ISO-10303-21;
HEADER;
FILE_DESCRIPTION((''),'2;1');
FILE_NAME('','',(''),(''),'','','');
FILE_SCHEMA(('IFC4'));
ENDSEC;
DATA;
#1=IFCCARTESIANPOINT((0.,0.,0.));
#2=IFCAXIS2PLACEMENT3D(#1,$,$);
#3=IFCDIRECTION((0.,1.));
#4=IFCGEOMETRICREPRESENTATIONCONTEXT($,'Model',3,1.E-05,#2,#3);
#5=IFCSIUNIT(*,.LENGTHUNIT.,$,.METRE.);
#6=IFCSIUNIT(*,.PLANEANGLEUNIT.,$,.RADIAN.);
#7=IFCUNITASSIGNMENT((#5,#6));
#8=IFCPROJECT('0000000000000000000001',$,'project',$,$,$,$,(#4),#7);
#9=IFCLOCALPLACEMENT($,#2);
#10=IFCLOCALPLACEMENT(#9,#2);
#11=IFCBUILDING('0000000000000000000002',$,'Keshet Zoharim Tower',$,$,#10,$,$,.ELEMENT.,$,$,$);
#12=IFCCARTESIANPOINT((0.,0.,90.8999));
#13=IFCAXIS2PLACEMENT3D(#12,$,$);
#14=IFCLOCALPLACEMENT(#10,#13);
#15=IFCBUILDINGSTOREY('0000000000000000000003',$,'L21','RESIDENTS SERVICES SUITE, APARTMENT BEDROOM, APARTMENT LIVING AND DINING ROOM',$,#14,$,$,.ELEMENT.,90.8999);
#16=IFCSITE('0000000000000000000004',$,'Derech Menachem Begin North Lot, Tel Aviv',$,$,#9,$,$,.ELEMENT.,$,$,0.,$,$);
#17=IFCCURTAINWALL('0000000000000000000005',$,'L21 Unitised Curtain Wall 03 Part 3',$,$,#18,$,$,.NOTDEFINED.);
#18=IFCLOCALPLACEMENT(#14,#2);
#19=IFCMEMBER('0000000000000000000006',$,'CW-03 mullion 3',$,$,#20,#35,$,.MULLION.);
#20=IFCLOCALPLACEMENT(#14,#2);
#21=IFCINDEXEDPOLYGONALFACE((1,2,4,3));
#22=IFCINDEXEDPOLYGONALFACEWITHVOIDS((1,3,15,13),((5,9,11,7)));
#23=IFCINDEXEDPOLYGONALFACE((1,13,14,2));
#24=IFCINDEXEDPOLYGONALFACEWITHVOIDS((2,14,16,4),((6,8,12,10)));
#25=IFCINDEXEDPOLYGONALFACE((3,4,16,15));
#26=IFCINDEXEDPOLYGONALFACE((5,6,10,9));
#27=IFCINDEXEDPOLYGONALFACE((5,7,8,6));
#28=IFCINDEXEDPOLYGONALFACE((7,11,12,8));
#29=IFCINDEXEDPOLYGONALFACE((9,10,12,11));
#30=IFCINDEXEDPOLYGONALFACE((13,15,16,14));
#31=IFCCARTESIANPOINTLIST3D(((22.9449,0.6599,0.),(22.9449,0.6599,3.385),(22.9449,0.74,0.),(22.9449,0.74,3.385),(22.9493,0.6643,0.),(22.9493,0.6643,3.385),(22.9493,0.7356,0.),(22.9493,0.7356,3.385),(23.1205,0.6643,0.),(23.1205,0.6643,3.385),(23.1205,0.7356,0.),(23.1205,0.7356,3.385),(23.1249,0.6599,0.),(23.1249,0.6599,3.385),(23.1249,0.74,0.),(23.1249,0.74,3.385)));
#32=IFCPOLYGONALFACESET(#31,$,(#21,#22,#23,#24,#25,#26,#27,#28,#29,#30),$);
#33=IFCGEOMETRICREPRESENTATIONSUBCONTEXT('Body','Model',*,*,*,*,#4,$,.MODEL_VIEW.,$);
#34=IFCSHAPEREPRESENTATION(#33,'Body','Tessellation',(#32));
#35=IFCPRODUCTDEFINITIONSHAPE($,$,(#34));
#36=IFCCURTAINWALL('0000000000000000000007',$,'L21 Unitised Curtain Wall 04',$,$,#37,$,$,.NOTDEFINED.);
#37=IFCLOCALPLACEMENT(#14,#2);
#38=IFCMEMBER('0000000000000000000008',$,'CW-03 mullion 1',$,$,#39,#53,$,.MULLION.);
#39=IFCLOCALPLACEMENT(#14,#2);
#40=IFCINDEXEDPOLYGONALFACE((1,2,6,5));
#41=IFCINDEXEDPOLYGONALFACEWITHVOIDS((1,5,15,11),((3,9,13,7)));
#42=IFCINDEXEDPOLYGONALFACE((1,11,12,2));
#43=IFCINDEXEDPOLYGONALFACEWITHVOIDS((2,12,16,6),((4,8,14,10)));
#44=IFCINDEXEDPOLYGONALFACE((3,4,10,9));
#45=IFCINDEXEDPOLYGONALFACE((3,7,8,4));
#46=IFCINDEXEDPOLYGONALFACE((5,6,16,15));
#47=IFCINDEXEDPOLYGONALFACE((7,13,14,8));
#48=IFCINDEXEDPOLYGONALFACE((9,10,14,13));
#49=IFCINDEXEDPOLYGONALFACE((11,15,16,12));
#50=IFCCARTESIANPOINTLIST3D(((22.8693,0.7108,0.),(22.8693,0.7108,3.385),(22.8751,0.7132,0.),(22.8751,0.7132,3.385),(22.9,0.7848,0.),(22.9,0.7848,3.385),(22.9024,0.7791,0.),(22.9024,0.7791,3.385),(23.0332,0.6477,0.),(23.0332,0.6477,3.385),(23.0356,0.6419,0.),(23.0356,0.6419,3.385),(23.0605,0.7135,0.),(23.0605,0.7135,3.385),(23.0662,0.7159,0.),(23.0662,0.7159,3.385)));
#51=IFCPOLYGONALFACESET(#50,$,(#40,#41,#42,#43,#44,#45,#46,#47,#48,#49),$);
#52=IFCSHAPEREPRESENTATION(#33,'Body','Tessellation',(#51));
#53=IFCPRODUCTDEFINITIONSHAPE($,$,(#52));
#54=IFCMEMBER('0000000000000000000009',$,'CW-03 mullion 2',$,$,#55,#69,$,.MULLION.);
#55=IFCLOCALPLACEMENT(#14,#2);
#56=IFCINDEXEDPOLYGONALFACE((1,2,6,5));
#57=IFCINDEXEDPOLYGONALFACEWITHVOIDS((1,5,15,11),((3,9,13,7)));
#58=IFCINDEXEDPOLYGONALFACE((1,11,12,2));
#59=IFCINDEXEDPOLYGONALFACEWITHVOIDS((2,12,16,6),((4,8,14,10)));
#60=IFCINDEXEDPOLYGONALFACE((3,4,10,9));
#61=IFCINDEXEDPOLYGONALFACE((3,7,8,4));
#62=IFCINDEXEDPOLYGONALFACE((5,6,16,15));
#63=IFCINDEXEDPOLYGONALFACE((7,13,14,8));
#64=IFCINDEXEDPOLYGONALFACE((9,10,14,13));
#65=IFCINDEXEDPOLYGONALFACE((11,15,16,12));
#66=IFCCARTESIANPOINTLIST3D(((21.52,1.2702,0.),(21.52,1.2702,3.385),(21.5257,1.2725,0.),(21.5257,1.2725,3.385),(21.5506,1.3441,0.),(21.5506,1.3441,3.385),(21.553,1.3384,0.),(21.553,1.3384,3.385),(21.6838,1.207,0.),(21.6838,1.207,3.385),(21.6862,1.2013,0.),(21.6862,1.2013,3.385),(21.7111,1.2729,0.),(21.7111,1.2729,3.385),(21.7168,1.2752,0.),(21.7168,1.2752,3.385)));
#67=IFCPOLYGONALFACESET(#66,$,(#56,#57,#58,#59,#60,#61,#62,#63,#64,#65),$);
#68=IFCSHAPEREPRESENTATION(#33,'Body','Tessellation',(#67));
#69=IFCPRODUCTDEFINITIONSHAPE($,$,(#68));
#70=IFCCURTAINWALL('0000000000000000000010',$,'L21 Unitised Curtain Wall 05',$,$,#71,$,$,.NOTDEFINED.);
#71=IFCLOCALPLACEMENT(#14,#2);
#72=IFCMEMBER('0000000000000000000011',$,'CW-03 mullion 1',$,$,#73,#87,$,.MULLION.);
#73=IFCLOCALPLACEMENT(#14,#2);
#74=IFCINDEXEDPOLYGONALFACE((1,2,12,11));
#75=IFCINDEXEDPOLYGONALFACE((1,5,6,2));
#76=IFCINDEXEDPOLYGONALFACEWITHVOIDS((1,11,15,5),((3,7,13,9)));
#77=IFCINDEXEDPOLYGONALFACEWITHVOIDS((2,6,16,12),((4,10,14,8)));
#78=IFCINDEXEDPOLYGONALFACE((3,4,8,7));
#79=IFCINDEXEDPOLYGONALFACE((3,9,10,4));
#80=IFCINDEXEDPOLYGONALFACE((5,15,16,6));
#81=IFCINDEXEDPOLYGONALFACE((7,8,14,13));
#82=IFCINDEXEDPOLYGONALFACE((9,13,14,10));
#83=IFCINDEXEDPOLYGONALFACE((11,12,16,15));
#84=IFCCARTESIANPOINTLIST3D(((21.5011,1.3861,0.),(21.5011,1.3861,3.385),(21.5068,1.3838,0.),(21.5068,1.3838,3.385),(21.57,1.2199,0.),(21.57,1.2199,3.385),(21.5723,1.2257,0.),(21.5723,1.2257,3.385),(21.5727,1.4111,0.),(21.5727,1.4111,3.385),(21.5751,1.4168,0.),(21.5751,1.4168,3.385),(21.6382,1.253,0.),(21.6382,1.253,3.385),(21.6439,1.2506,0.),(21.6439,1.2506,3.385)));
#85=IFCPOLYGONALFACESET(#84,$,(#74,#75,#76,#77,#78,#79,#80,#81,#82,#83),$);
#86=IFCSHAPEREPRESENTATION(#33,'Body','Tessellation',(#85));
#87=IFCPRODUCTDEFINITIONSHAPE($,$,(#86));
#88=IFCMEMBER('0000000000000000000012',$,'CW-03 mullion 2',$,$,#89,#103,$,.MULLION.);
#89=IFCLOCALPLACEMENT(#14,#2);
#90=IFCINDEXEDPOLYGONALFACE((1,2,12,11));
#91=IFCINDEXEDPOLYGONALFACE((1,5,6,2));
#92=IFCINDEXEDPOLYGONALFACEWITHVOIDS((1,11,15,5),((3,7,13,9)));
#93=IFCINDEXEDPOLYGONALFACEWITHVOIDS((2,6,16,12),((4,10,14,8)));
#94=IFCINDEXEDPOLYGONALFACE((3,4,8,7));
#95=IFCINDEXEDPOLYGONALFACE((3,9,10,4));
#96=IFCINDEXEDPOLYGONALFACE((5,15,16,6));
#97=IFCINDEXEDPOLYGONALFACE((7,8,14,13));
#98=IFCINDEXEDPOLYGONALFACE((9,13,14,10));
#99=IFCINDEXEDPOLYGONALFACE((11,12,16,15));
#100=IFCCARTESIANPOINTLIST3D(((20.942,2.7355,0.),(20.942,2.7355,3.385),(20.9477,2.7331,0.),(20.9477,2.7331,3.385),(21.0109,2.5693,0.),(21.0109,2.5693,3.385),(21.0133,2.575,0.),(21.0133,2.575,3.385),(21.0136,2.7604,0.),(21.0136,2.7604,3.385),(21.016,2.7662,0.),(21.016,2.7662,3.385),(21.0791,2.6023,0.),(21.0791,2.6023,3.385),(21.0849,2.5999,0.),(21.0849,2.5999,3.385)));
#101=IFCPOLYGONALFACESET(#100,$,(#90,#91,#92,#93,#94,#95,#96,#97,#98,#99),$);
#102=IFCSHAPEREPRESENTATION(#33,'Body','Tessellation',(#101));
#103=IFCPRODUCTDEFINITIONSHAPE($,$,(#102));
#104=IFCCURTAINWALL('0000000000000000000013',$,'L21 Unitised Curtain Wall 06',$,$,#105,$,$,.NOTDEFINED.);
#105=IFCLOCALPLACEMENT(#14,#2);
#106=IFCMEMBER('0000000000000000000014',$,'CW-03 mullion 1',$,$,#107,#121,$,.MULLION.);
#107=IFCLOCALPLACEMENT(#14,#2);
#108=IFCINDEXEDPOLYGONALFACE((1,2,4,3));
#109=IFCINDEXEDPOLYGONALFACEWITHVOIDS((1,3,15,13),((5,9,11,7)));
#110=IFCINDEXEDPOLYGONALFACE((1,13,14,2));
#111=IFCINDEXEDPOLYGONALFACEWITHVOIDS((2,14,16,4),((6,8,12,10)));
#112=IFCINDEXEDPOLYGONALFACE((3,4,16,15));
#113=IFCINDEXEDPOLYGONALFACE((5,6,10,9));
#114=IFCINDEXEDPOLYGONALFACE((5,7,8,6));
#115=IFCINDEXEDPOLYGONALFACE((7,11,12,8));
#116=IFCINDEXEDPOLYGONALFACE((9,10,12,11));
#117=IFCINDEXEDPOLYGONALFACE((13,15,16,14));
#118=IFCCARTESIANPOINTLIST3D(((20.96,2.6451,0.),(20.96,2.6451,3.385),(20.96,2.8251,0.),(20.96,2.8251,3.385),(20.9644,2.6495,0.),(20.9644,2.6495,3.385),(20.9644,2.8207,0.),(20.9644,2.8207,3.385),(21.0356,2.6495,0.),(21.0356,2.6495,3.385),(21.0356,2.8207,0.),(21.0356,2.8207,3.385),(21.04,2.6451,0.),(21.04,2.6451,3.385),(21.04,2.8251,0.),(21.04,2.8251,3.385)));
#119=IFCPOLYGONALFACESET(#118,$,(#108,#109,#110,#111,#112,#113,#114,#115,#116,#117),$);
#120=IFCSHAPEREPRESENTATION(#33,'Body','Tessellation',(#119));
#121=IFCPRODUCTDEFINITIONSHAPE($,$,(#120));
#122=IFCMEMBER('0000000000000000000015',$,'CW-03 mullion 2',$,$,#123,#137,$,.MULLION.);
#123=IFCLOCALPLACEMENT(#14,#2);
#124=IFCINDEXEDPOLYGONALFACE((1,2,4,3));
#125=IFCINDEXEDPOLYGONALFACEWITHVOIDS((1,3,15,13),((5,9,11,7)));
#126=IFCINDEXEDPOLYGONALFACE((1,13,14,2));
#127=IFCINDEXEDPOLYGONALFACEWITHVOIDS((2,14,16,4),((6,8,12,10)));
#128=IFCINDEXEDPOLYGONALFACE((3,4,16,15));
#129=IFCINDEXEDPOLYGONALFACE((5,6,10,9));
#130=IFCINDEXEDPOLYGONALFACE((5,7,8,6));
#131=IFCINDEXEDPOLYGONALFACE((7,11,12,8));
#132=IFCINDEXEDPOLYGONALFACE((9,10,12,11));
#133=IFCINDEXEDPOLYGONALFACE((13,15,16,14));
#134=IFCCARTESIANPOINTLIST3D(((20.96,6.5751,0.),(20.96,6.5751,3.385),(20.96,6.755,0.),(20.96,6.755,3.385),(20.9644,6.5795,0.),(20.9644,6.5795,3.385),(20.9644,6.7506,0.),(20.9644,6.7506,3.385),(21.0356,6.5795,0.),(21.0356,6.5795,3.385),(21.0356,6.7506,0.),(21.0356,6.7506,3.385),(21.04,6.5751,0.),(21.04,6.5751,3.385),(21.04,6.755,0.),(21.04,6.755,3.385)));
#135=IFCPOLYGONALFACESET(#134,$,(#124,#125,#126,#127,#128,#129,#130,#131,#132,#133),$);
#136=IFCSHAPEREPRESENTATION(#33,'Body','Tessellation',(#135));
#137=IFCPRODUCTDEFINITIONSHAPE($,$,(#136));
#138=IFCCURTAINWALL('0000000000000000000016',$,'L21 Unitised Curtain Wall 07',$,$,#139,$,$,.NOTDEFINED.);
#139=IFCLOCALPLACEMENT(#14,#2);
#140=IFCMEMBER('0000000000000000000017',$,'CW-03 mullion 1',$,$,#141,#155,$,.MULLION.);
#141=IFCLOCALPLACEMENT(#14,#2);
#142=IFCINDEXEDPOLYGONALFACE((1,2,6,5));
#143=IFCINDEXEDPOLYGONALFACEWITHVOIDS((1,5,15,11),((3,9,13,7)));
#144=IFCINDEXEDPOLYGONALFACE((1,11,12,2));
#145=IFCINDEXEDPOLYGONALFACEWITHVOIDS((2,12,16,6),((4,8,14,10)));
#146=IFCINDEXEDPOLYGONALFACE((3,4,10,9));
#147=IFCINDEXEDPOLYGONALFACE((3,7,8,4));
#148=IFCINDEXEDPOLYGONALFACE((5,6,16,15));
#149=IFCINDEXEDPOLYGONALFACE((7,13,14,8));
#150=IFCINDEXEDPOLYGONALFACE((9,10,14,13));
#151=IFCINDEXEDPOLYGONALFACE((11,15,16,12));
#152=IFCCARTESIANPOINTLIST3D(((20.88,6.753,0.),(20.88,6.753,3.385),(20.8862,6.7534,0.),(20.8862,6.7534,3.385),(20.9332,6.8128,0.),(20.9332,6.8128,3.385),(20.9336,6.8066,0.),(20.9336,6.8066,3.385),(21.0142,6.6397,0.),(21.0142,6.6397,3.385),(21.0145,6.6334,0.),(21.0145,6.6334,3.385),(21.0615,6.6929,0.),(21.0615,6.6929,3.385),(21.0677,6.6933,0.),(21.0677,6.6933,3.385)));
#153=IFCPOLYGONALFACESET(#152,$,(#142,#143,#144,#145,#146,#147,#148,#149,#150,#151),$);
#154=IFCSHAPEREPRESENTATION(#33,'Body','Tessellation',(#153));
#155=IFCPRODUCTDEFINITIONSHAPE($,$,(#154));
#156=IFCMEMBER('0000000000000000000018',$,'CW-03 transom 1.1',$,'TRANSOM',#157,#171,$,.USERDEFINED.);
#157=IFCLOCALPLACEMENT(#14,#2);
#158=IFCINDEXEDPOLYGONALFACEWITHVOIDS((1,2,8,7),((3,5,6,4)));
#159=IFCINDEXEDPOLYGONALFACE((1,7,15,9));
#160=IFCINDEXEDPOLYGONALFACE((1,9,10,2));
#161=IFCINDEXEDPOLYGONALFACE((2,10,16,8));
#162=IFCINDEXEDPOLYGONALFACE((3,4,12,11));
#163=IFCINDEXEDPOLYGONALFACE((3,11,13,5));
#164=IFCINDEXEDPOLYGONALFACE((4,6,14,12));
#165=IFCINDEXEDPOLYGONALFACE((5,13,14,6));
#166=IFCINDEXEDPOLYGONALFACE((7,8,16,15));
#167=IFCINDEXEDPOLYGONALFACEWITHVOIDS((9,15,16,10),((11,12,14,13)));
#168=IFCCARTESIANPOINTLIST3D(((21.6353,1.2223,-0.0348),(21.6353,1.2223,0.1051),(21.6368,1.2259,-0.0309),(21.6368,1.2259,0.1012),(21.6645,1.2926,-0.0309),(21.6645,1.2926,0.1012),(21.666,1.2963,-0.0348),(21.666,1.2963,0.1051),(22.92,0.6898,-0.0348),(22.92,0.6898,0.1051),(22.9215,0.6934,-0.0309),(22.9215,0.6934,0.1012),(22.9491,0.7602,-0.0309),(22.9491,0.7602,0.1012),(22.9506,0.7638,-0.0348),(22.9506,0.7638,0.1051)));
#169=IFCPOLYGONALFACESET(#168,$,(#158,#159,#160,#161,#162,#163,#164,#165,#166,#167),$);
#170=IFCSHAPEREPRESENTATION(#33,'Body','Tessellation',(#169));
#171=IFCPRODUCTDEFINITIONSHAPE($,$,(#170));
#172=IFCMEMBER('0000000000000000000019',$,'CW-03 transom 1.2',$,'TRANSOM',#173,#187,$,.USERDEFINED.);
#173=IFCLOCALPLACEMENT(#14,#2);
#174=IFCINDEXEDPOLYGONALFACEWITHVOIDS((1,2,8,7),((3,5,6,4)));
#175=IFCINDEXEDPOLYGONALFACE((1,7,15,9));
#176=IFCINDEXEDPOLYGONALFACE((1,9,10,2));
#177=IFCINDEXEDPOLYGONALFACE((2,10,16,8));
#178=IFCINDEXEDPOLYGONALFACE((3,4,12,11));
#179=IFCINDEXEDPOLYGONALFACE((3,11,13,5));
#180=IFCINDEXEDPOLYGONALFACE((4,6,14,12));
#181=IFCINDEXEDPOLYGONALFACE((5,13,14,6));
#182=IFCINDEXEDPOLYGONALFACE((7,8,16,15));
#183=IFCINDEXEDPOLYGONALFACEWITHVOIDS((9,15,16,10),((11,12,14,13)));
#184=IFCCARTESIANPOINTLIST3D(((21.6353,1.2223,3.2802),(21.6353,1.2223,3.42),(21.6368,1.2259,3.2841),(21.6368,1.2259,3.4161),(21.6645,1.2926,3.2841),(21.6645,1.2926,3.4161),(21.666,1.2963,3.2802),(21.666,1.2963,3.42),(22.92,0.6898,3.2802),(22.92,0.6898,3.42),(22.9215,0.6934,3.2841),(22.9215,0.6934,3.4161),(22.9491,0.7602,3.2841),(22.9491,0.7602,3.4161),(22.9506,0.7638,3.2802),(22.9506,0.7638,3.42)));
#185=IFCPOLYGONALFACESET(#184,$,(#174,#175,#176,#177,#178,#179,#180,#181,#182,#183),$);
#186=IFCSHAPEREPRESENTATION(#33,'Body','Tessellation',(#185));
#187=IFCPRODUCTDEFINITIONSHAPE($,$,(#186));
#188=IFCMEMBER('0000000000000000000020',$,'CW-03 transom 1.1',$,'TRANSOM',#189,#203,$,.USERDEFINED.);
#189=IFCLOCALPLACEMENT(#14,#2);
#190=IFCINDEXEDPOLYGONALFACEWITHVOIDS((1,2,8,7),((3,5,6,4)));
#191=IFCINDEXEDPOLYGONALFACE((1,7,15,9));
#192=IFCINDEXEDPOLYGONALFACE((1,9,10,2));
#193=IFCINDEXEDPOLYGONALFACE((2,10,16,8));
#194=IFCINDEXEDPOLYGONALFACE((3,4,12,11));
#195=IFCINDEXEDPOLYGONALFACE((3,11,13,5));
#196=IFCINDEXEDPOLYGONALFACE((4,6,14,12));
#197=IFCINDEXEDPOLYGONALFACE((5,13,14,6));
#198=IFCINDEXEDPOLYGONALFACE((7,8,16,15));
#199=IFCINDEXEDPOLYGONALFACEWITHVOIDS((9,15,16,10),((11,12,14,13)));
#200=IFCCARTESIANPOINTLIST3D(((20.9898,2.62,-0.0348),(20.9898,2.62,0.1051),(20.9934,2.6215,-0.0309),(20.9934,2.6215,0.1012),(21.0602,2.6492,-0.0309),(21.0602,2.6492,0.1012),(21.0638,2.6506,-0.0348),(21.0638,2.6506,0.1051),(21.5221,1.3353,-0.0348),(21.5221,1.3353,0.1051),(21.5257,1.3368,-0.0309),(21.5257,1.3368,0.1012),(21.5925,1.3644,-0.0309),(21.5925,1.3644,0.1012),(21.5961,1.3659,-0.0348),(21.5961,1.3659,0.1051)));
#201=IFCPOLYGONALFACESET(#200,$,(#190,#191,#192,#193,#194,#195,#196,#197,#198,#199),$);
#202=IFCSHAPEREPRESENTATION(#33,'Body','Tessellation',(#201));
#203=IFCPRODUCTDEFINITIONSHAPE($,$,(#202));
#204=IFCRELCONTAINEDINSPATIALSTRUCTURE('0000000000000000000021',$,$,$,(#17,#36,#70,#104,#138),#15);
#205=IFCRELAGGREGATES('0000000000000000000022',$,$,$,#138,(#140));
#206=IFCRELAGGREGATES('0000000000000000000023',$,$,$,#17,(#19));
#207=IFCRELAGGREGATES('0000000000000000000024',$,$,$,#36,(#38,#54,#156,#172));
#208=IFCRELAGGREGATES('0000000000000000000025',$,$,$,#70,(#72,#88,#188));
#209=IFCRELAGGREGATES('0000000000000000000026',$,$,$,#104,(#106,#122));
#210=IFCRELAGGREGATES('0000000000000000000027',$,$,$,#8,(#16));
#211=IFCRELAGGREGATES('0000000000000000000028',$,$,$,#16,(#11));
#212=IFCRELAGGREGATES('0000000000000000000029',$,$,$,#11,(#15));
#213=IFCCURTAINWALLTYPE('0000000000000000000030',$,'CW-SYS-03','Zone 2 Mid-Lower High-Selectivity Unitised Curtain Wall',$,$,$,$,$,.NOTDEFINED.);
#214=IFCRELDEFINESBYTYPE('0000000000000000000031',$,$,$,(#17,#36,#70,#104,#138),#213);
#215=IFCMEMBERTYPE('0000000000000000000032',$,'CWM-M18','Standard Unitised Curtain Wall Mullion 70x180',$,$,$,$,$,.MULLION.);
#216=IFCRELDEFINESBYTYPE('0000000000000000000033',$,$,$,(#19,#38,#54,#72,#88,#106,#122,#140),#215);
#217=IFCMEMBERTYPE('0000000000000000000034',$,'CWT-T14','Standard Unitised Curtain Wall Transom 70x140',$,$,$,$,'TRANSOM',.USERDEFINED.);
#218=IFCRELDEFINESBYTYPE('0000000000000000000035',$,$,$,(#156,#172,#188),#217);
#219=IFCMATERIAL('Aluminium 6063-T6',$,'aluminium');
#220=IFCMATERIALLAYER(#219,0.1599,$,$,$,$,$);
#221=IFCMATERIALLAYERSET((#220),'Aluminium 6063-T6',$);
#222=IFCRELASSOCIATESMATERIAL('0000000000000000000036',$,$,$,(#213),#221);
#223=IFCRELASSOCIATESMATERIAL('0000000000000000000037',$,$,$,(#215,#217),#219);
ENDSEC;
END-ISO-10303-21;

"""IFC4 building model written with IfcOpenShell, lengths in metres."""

from ifc_helpers import new_model, si_unit, direction, frame, origin, origin_2d, place, context, subcontext, project, spatial, hollow_rectangle, extrude, material, layer, layer_set, material_profile, profile_set, type_object, element, aggregate, save


model = new_model("IFC4")

# Units and contexts
model_context = context("Model", 3, precision=1e-05, world=origin(), true_north=direction((0.0, 1.0)))
body_context = subcontext(model_context, "Body", "Model", "MODEL_VIEW")
ifc_project = project(units=[si_unit("LENGTHUNIT", "METRE"), si_unit("PLANEANGLEUNIT", "RADIAN")], contexts=[model_context])

# Site, building, storey
site_placement = place(None, origin())
site = spatial("IfcSite", under=ifc_project, at=site_placement, Name="Derech Menachem Begin North Lot, Tel Aviv", CompositionType="ELEMENT", RefElevation=0.0)
building_placement = place(site_placement, origin())
building = spatial("IfcBuilding", under=site, at=building_placement, Name="Keshet Zoharim Tower", CompositionType="ELEMENT")
storey_placement = place(building_placement, frame((0.0, 0.0, 90.8999)))
storey = spatial("IfcBuildingStorey", under=building, at=storey_placement, Name="L21", Description="RESIDENTS SERVICES SUITE, APARTMENT BEDROOM, APARTMENT LIVING AND DINING ROOM", CompositionType="ELEMENT", Elevation=90.8999)

# Curtain wall, member
ifc_material_1 = material(Name="Aluminium 6063-T6", Category="aluminium")
ifc_layer_1 = layer(ifc_material_1, 0.1599)
ifc_layer_set_1 = layer_set([ifc_layer_1], Name="Aluminium 6063-T6")
curtain_wall_type = type_object("IfcCurtainWallType", Name="CW-SYS-03", Description="Zone 2 Mid-Lower High-Selectivity Unitised Curtain Wall", PredefinedType="NOTDEFINED", material=ifc_layer_set_1)
curtain_wall_1_placement = place(storey_placement, origin())
curtain_wall_1 = element("IfcCurtainWall", 1, at=curtain_wall_1_placement, inside=storey, type_object=curtain_wall_type, Name="L21 Unitised Curtain Wall 03 Part 3", PredefinedType="NOTDEFINED")
ifc_material_profile_1 = material_profile(ifc_material_1, hollow_rectangle(XDim=0.0801, YDim=0.1799, WallThickness=0.0044, at=origin_2d()), Name="MUL-80x180")
ifc_profile_set_1 = profile_set([ifc_material_profile_1], Name="Aluminium 6063-T6")
member_type_1 = type_object("IfcMemberType", Name="CWM-M18", Description="Standard Unitised Curtain Wall Mullion 70x180", PredefinedType="MULLION", material=ifc_profile_set_1)
member_1_placement = place(storey_placement, frame((23.0349, 0.7, 0.0), z_axis=(0.0, 0.0, 1.0), x_axis=(0.0, -1.0, 0.0)))
member_1 = element("IfcMember", 2, at=member_1_placement, type_object=member_type_1, Name="CW-03 mullion 3", PredefinedType="MULLION", context=body_context, shape_type="SweptSolid", body=[
    extrude(hollow_rectangle(XDim=0.0801, YDim=0.1799, WallThickness=0.0044, at=origin_2d()), origin(), (0.0, 0.0, 1.0), 3.385),
])

# Curtain walls, members
curtain_wall_2_placement = place(storey_placement, origin())
curtain_wall_2 = element("IfcCurtainWall", 3, at=curtain_wall_2_placement, inside=storey, type_object=curtain_wall_type, Name="L21 Unitised Curtain Wall 04", PredefinedType="NOTDEFINED")
member_2_placement = place(storey_placement, frame((22.9678, 0.7134, 0.0), z_axis=(0.0, 0.0, 1.0), x_axis=(-0.382852, -0.92381, 0.0)))
member_2 = element("IfcMember", 4, at=member_2_placement, type_object=member_type_1, Name="CW-03 mullion 1", PredefinedType="MULLION", context=body_context, shape_type="SweptSolid", body=[
    extrude(hollow_rectangle(XDim=0.0801, YDim=0.1799, WallThickness=0.0044, at=origin_2d()), origin(), (0.0, 0.0, 1.0), 3.385),
])
member_3_placement = place(storey_placement, frame((21.6184, 1.2727, 0.0), z_axis=(0.0, 0.0, 1.0), x_axis=(-0.382852, -0.92381, 0.0)))
member_3 = element("IfcMember", 5, at=member_3_placement, type_object=member_type_1, Name="CW-03 mullion 2", PredefinedType="MULLION", context=body_context, shape_type="SweptSolid", body=[
    extrude(hollow_rectangle(XDim=0.0801, YDim=0.1799, WallThickness=0.0044, at=origin_2d()), origin(), (0.0, 0.0, 1.0), 3.385),
])
curtain_wall_3_placement = place(storey_placement, origin())
curtain_wall_3 = element("IfcCurtainWall", 6, at=curtain_wall_3_placement, inside=storey, type_object=curtain_wall_type, Name="L21 Unitised Curtain Wall 05", PredefinedType="NOTDEFINED")
member_4_placement = place(storey_placement, frame((21.5725, 1.3184, 0.0), z_axis=(0.0, 0.0, 1.0), x_axis=(-0.92381, -0.382852, 0.0)))
member_4 = element("IfcMember", 7, at=member_4_placement, type_object=member_type_1, Name="CW-03 mullion 1", PredefinedType="MULLION", context=body_context, shape_type="SweptSolid", body=[
    extrude(hollow_rectangle(XDim=0.0801, YDim=0.1799, WallThickness=0.0044, at=origin_2d()), origin(), (0.0, 0.0, 1.0), 3.385),
])
member_5_placement = place(storey_placement, frame((21.0134, 2.6677, 0.0), z_axis=(0.0, 0.0, 1.0), x_axis=(-0.92381, -0.382852, 0.0)))
member_5 = element("IfcMember", 8, at=member_5_placement, type_object=member_type_1, Name="CW-03 mullion 2", PredefinedType="MULLION", context=body_context, shape_type="SweptSolid", body=[
    extrude(hollow_rectangle(XDim=0.0801, YDim=0.1799, WallThickness=0.0044, at=origin_2d()), origin(), (0.0, 0.0, 1.0), 3.385),
])
curtain_wall_4_placement = place(storey_placement, origin())
curtain_wall_4 = element("IfcCurtainWall", 9, at=curtain_wall_4_placement, inside=storey, type_object=curtain_wall_type, Name="L21 Unitised Curtain Wall 06", PredefinedType="NOTDEFINED")
member_6_placement = place(storey_placement, frame((21.0, 2.7351, 0.0), z_axis=(0.0, 0.0, 1.0), x_axis=(-1.0, 0.0, 0.0)))
member_6 = element("IfcMember", 10, at=member_6_placement, type_object=member_type_1, Name="CW-03 mullion 1", PredefinedType="MULLION", context=body_context, shape_type="SweptSolid", body=[
    extrude(hollow_rectangle(XDim=0.0801, YDim=0.1799, WallThickness=0.0044, at=origin_2d()), origin(), (0.0, 0.0, 1.0), 3.385),
])
member_7_placement = place(storey_placement, frame((21.0, 6.665, 0.0), z_axis=(0.0, 0.0, 1.0), x_axis=(-1.0, 0.0, 0.0)))
member_7 = element("IfcMember", 11, at=member_7_placement, type_object=member_type_1, Name="CW-03 mullion 2", PredefinedType="MULLION", context=body_context, shape_type="SweptSolid", body=[
    extrude(hollow_rectangle(XDim=0.0801, YDim=0.1799, WallThickness=0.0044, at=origin_2d()), origin(), (0.0, 0.0, 1.0), 3.385),
])

# Curtain wall, member
curtain_wall_5_placement = place(storey_placement, origin())
curtain_wall_5 = element("IfcCurtainWall", 12, at=curtain_wall_5_placement, inside=storey, type_object=curtain_wall_type, Name="L21 Unitised Curtain Wall 07", PredefinedType="NOTDEFINED")
member_8_placement = place(storey_placement, frame((20.9739, 6.7231, 0.0), z_axis=(0.0, 0.0, 1.0), x_axis=(-0.66436, -0.747412, 0.0)))
member_8 = element("IfcMember", 13, at=member_8_placement, type_object=member_type_1, Name="CW-03 mullion 1", PredefinedType="MULLION", context=body_context, shape_type="SweptSolid", body=[
    extrude(hollow_rectangle(XDim=0.0801, YDim=0.1799, WallThickness=0.0044, at=origin_2d()), origin(), (0.0, 0.0, 1.0), 3.385),
])

# Members
ifc_material_profile_2 = material_profile(ifc_material_1, hollow_rectangle(XDim=0.0801, YDim=0.1399, WallThickness=0.0039, at=origin_2d()), Name="TRN-80x140")
ifc_profile_set_2 = profile_set([ifc_material_profile_2], Name="Aluminium 6063-T6")
member_type_2 = type_object("IfcMemberType", Name="CWT-T14", Description="Standard Unitised Curtain Wall Transom 70x140", ElementType="TRANSOM", PredefinedType="USERDEFINED", material=ifc_profile_set_2)
member_9_placement = place(storey_placement, frame((22.9353, 0.7268, 0.0352), z_axis=(-0.923792, 0.382894, 0.0), x_axis=(-0.382894, -0.923792, 0.0)))
member_9 = element("IfcMember", 14, at=member_9_placement, type_object=member_type_2, Name="CW-03 transom 1.1", ObjectType="TRANSOM", PredefinedType="USERDEFINED", context=body_context, shape_type="SweptSolid", body=[
    extrude(hollow_rectangle(XDim=0.0801, YDim=0.1399, WallThickness=0.0039, at=origin_2d()), origin(), (0.0, 0.0, 1.0), 1.3906),
])
member_10_placement = place(storey_placement, frame((22.9353, 0.7268, 3.3501), z_axis=(-0.923792, 0.382894, 0.0), x_axis=(-0.382894, -0.923792, 0.0)))
member_10 = element("IfcMember", 15, at=member_10_placement, type_object=member_type_2, Name="CW-03 transom 1.2", ObjectType="TRANSOM", PredefinedType="USERDEFINED", context=body_context, shape_type="SweptSolid", body=[
    extrude(hollow_rectangle(XDim=0.0801, YDim=0.1399, WallThickness=0.0039, at=origin_2d()), origin(), (0.0, 0.0, 1.0), 1.3906),
])
member_11_placement = place(storey_placement, frame((21.5591, 1.3506, 0.0352), z_axis=(-0.382745, 0.923854, 0.0), x_axis=(-0.923854, -0.382745, 0.0)))
member_11 = element("IfcMember", 16, at=member_11_placement, type_object=member_type_2, Name="CW-03 transom 1.1", ObjectType="TRANSOM", PredefinedType="USERDEFINED", context=body_context, shape_type="SweptSolid", body=[
    extrude(hollow_rectangle(XDim=0.0801, YDim=0.1399, WallThickness=0.0039, at=origin_2d()), origin(), (0.0, 0.0, 1.0), 1.3906),
])
aggregate(curtain_wall_5, [member_8])

aggregate(curtain_wall_1, [member_1])
aggregate(curtain_wall_2, [member_2, member_3, member_9, member_10])
aggregate(curtain_wall_3, [member_4, member_5, member_11])
aggregate(curtain_wall_4, [member_6, member_7])

save(model, "model.ifc")
